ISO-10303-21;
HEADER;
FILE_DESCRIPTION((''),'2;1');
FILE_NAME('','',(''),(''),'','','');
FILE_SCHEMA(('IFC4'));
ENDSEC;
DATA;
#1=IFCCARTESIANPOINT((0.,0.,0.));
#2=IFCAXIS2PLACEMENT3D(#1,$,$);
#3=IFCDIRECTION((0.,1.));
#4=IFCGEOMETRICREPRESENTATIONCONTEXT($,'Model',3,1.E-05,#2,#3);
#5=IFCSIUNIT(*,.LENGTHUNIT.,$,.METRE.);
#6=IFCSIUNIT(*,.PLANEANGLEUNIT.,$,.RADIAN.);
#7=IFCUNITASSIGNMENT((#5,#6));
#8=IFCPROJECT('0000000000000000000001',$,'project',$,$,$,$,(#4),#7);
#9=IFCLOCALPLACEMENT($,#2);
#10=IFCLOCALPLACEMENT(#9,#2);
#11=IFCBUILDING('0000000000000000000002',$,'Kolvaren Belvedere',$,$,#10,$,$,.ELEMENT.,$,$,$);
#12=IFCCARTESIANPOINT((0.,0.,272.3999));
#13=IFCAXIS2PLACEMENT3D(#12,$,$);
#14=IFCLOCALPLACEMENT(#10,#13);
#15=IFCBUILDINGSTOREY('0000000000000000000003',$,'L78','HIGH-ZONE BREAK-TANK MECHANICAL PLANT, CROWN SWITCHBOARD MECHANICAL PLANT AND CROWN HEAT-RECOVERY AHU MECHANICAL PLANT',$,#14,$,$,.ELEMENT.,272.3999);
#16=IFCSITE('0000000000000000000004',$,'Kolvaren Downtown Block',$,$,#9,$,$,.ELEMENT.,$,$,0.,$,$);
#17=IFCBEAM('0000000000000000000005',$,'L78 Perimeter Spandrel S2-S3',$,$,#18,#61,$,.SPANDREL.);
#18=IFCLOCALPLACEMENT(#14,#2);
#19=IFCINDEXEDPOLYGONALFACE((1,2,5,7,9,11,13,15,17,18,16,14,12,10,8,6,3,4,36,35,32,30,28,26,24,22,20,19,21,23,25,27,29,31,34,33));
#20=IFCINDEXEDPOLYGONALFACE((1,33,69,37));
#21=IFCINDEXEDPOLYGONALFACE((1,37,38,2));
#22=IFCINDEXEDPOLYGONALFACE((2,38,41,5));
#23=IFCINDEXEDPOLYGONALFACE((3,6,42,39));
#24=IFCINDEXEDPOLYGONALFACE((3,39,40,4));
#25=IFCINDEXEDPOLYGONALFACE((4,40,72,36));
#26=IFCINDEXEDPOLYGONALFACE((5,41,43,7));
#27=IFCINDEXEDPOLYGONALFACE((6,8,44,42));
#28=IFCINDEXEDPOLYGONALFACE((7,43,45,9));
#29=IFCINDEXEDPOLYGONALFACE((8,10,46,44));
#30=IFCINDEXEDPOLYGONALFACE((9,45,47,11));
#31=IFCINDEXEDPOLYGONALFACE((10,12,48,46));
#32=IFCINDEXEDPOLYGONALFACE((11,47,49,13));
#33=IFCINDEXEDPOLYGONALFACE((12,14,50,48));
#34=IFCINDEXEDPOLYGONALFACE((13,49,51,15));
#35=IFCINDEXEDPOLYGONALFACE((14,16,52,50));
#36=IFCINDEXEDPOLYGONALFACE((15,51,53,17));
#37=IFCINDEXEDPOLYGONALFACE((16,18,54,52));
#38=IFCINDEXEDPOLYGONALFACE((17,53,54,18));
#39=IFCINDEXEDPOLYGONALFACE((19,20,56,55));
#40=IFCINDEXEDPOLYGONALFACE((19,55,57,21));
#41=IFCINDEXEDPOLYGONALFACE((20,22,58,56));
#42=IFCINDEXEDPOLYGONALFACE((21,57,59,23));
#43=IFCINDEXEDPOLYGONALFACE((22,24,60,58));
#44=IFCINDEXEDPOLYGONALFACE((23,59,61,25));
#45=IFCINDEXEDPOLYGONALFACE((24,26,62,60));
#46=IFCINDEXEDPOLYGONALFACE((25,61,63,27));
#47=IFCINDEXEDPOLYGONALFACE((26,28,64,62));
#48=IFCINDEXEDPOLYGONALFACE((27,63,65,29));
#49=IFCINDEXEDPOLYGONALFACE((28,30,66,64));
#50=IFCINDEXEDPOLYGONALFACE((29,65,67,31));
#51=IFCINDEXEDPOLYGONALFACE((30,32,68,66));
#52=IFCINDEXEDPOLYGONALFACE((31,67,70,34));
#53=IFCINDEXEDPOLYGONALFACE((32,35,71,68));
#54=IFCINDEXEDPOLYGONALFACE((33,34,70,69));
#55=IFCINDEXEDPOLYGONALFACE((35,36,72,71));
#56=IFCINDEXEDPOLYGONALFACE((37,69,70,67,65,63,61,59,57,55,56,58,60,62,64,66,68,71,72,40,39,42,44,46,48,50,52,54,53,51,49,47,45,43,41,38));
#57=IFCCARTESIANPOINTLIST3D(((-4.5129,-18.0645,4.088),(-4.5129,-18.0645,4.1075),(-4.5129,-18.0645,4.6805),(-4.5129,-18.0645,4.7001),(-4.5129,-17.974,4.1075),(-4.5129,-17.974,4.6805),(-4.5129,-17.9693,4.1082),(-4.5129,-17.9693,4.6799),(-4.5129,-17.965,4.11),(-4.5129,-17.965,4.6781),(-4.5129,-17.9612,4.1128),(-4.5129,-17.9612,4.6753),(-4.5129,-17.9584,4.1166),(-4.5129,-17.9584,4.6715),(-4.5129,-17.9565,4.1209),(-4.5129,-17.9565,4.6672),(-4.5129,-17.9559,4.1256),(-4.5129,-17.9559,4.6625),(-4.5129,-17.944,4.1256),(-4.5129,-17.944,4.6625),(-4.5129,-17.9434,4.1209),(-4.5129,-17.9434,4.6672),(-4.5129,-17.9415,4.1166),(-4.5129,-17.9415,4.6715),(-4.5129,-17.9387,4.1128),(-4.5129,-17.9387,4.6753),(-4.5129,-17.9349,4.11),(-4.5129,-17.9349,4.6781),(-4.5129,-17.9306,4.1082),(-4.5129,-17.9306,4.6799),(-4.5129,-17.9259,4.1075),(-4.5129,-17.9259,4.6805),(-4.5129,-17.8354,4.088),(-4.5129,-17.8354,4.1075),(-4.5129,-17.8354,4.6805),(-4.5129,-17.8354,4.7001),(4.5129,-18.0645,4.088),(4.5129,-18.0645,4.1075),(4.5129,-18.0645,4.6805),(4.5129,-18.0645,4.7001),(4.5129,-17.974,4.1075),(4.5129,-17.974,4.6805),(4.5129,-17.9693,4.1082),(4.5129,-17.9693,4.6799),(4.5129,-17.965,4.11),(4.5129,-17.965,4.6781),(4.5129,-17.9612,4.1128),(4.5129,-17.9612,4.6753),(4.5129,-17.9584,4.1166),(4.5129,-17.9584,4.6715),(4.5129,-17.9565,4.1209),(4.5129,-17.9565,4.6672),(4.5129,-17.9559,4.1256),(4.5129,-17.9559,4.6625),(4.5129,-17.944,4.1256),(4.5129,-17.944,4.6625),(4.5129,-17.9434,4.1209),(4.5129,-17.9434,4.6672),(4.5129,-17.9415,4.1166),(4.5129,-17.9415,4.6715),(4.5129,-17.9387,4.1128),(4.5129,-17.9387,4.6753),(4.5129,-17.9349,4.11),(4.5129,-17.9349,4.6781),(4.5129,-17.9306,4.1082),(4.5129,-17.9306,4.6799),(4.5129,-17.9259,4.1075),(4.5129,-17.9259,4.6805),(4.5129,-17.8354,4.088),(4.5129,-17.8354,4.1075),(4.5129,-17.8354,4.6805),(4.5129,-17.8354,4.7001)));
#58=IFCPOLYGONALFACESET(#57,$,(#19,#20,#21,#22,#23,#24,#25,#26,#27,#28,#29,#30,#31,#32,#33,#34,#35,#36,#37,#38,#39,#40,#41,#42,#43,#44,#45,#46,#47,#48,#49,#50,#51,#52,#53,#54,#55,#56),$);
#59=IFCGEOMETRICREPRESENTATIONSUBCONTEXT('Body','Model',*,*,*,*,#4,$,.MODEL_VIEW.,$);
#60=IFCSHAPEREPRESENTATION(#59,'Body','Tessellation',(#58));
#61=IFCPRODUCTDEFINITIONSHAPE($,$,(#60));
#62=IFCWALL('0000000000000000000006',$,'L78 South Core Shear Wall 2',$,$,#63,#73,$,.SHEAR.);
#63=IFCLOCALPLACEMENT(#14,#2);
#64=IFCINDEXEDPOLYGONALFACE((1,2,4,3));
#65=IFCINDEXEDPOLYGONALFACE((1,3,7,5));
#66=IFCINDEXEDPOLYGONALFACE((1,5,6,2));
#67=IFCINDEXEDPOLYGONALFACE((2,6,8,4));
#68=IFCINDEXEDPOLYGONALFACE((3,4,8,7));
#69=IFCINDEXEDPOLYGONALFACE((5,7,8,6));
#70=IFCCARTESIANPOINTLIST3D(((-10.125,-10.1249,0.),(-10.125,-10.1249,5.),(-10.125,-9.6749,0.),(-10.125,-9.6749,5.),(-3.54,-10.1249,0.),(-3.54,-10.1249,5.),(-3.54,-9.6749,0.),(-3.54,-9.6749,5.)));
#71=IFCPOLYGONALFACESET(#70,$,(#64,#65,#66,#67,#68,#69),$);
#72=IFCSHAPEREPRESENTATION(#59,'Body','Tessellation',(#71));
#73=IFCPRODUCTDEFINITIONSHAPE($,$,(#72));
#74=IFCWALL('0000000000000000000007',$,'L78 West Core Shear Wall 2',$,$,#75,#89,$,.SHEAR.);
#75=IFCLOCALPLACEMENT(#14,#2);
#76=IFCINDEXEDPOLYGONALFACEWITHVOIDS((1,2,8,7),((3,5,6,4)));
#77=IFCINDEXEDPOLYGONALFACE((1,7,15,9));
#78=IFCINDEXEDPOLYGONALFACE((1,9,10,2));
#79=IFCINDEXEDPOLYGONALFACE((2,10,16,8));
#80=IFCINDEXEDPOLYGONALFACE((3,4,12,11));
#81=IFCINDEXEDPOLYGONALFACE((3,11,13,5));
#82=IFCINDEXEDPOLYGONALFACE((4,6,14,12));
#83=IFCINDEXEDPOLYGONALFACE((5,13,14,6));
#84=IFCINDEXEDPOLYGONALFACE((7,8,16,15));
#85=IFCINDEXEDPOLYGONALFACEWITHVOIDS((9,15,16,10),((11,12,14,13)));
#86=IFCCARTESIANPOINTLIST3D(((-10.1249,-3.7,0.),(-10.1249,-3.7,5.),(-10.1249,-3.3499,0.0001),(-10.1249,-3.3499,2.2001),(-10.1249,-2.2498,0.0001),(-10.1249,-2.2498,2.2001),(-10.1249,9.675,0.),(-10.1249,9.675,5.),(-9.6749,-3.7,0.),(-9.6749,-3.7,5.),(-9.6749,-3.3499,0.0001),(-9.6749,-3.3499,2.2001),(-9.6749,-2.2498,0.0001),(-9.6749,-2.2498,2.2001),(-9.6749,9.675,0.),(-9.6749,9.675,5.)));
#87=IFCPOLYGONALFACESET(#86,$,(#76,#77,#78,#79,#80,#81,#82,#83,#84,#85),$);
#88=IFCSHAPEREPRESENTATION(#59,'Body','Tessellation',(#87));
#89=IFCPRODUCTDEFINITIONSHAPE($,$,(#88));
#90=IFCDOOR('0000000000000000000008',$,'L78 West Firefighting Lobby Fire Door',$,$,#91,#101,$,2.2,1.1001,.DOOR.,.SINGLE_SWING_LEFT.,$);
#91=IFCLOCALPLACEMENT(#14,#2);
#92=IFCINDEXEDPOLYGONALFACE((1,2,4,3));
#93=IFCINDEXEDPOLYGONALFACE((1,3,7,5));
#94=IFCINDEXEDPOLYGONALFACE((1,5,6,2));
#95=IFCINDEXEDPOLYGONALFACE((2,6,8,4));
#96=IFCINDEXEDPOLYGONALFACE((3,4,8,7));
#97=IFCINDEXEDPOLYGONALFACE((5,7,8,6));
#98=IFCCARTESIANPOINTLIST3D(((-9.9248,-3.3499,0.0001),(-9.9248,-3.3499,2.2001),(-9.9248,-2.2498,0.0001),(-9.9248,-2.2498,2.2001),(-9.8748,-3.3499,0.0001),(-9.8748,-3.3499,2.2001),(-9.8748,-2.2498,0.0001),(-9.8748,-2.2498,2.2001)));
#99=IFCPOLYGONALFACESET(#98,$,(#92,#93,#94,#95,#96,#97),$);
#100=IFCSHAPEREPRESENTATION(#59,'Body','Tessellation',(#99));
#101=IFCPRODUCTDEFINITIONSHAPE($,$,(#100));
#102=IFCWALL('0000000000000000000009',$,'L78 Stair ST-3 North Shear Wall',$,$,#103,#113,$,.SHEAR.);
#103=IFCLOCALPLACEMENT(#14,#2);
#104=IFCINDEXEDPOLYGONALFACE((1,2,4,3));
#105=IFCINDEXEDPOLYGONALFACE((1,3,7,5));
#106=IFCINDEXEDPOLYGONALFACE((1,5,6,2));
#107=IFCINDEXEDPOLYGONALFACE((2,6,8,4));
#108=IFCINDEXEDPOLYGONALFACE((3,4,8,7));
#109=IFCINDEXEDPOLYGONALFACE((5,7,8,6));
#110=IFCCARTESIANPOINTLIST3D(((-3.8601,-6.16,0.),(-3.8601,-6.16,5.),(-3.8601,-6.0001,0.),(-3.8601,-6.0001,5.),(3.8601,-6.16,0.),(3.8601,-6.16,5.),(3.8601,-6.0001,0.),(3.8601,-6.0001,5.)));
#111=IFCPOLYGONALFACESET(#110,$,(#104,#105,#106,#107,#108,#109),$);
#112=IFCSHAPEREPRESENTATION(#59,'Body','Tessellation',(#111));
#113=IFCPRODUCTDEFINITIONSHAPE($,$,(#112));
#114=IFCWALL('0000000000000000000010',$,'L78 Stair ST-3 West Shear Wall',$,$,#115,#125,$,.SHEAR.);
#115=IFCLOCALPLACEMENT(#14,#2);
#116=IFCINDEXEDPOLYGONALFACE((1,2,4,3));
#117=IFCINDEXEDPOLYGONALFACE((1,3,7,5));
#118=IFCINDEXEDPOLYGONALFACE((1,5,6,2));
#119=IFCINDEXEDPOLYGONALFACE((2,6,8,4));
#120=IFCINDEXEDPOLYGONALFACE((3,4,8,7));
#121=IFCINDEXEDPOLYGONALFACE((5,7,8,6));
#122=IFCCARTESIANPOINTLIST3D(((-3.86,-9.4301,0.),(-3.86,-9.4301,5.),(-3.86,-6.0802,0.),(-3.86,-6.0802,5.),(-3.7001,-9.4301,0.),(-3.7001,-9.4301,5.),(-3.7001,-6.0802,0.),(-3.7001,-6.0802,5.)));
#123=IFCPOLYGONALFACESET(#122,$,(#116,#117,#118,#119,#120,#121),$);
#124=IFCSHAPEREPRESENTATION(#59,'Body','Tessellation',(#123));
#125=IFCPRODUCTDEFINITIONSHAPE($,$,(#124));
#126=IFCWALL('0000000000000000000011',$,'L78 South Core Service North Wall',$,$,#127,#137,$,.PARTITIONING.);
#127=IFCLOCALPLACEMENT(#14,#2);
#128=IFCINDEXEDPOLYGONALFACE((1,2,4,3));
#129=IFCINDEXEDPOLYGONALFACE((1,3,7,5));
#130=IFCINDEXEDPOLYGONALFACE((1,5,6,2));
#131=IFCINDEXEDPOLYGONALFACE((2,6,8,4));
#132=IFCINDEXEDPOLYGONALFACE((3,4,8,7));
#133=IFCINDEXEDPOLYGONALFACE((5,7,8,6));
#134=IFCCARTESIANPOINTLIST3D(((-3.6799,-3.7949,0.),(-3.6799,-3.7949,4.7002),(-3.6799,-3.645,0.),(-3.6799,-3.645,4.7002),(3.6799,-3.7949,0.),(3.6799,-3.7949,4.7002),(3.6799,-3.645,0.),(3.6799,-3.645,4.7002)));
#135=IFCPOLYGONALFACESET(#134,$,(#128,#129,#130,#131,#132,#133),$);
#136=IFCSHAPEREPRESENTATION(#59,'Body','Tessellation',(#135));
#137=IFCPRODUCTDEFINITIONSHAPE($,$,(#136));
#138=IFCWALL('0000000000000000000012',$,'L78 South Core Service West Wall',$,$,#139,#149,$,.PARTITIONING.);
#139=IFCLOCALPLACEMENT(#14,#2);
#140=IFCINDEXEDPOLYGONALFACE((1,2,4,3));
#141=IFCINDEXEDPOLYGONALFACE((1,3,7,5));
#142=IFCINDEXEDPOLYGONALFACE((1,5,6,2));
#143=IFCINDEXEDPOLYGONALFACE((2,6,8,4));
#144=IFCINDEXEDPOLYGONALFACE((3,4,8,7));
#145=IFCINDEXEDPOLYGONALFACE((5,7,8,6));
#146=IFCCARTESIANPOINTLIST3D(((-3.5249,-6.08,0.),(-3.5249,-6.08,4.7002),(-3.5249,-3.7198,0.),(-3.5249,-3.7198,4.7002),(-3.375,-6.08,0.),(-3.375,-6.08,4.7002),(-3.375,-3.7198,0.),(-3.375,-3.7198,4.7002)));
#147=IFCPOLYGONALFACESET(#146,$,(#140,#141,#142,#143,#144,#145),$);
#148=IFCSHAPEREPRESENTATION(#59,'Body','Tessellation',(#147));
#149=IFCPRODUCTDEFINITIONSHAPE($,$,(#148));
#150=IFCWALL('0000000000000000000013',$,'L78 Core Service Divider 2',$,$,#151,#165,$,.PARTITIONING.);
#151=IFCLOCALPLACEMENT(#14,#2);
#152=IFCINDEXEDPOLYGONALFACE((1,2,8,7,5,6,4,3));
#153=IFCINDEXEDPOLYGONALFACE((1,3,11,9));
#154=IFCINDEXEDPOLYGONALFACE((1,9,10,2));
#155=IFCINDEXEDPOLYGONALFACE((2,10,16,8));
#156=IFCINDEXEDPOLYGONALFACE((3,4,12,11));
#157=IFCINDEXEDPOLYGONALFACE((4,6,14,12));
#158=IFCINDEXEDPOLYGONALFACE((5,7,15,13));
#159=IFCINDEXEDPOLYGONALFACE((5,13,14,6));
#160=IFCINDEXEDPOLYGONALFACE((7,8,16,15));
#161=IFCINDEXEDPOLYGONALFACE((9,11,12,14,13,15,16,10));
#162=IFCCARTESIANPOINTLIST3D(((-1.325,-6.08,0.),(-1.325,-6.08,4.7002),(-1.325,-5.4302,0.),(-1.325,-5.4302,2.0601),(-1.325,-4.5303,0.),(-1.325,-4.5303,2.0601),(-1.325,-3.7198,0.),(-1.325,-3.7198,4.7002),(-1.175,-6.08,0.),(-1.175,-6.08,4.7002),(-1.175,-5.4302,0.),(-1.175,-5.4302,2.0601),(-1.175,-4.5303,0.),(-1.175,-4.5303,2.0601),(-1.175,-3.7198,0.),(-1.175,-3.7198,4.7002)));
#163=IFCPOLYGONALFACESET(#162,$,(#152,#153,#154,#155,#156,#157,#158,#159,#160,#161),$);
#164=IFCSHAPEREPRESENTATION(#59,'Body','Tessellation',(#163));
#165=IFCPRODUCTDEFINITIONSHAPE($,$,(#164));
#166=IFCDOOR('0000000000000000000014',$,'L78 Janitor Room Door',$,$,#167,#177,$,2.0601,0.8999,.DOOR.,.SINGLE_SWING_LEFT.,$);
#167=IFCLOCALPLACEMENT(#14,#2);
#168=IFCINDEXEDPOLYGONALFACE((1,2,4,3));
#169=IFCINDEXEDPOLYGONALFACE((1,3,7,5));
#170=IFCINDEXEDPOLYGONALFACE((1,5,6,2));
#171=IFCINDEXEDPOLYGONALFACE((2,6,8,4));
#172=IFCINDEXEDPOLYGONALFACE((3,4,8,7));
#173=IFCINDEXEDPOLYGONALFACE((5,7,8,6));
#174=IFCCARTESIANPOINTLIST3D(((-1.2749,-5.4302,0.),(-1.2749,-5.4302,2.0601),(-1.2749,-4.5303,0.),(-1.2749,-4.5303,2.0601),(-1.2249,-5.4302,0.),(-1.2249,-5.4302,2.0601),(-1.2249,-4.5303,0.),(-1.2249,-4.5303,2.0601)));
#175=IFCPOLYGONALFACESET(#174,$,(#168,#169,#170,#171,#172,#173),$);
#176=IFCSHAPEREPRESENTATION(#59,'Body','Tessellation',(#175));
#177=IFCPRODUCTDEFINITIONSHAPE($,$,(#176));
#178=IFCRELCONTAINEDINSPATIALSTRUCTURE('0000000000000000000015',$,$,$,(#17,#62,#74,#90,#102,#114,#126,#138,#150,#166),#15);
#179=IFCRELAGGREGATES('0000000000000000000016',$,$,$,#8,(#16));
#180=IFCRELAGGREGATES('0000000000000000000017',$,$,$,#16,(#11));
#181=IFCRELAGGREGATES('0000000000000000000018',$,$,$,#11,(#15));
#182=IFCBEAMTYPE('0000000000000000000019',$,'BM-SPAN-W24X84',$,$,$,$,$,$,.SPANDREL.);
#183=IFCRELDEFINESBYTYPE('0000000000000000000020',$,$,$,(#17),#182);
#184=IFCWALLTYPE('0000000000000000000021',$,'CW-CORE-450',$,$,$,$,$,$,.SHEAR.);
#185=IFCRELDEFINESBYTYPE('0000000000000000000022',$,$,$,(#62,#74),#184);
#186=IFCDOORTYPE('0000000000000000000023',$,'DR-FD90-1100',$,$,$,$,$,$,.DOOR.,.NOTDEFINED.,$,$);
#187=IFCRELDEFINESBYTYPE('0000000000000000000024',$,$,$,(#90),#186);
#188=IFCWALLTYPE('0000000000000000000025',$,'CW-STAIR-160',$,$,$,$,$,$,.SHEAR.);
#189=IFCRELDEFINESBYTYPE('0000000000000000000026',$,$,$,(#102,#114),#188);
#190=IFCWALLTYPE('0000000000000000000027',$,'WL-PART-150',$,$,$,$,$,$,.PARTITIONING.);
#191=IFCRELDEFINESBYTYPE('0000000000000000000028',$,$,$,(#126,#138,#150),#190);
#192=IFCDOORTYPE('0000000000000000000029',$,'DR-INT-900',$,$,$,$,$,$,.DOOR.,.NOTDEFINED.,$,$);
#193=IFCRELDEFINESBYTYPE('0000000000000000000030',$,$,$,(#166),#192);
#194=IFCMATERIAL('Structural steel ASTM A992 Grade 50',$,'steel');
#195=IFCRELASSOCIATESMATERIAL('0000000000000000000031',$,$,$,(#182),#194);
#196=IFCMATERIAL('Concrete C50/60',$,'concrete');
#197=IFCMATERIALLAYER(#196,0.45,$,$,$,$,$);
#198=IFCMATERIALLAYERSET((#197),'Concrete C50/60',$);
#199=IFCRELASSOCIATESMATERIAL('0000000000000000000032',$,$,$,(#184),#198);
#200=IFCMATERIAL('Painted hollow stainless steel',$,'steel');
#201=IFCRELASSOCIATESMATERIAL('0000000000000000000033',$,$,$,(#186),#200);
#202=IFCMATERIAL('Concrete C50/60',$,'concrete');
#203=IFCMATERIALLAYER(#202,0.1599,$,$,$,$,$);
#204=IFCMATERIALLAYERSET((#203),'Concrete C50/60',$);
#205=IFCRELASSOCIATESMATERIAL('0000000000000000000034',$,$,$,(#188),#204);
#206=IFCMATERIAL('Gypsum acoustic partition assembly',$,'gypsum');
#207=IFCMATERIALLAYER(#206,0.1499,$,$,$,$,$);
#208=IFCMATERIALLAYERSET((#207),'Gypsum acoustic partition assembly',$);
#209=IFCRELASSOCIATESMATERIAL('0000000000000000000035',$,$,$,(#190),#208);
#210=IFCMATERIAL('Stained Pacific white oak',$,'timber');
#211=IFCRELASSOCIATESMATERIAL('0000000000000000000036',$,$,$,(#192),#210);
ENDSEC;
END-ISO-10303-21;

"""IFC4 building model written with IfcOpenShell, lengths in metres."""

from ifc_helpers import new_model, si_unit, direction, frame, frame_2d, origin, origin_2d, place, context, subcontext, project, spatial, rectangle, i_section, extrude, material, layer, layer_set, material_profile, profile_set, type_object, element, fill, save


model = new_model("IFC4")

# Units and contexts
model_context = context("Model", 3, precision=1e-05, world=origin(), true_north=direction((0.0, 1.0)))
body_context = subcontext(model_context, "Body", "Model", "MODEL_VIEW")
ifc_project = project(units=[si_unit("LENGTHUNIT", "METRE"), si_unit("PLANEANGLEUNIT", "RADIAN")], contexts=[model_context])

# Site, building, storey
site_placement = place(None, origin())
site = spatial("IfcSite", under=ifc_project, at=site_placement, Name="Kolvaren Downtown Block", CompositionType="ELEMENT", RefElevation=0.0)
building_placement = place(site_placement, origin())
building = spatial("IfcBuilding", under=site, at=building_placement, Name="Kolvaren Belvedere", CompositionType="ELEMENT")
storey_placement = place(building_placement, frame((0.0, 0.0, 272.3999)))
storey = spatial("IfcBuildingStorey", under=building, at=storey_placement, Name="L78", Description="HIGH-ZONE BREAK-TANK MECHANICAL PLANT, CROWN SWITCHBOARD MECHANICAL PLANT AND CROWN HEAT-RECOVERY AHU MECHANICAL PLANT", CompositionType="ELEMENT", Elevation=272.3999)

# Beam
ifc_material_1 = material(Name="Structural steel ASTM A992 Grade 50", Category="steel")
ifc_material_profile_1 = material_profile(ifc_material_1, i_section(OverallWidth=0.229, OverallDepth=0.6121, WebThickness=0.012, FlangeThickness=0.0195, FilletRadius=0.0181, at=origin_2d()), Name="W24X84")
ifc_profile_set_1 = profile_set([ifc_material_profile_1], Name="Structural steel ASTM A992 Grade 50")
beam_type_1 = type_object("IfcBeamType", Name="BM-SPAN-W24X84", PredefinedType="SPANDREL", material=ifc_profile_set_1)
beam_1_placement = place(storey_placement, frame((-4.5129, -17.95, 4.394), z_axis=(1.0, 0.0, 0.0), x_axis=(0.0, 1.0, 0.0)))
element("IfcBeam", 1, at=beam_1_placement, inside=storey, type_object=beam_type_1, Name="L78 Perimeter Spandrel S2-S3", PredefinedType="SPANDREL", context=body_context, shape_type="SweptSolid", body=[
    extrude(i_section(OverallWidth=0.229, OverallDepth=0.6121, WebThickness=0.012, FlangeThickness=0.0195, FilletRadius=0.0181, at=origin_2d()), origin(), (0.0, 0.0, 1.0), 9.0259),
])

# Wall
ifc_material_2 = material(Name="Concrete C50/60", Category="concrete")
ifc_layer_1 = layer(ifc_material_2, 0.45)
ifc_layer_set_1 = layer_set([ifc_layer_1], Name="Concrete C50/60")
wall_type_1 = type_object("IfcWallType", Name="CW-CORE-450", PredefinedType="SHEAR", material=ifc_layer_set_1)
wall_1_placement = place(storey_placement, frame((-3.54, -9.8999, 0.0), z_axis=(0.0, 0.0, 1.0), x_axis=(-1.0, 0.0, 0.0)))
element("IfcWall", 2, at=wall_1_placement, inside=storey, type_object=wall_type_1, Name="L78 South Core Shear Wall 2", PredefinedType="SHEAR", context=body_context, shape_type="SweptSolid", body=[
    extrude(rectangle(XDim=6.585, YDim=0.45, at=frame_2d((3.2925, 0.0))), origin(), (0.0, 0.0, 1.0), 5.0),
])

# Wall, opening, door
wall_2_placement = place(storey_placement, frame((-9.8999, -3.7, 0.0), z_axis=(0.0, 0.0, 1.0), x_axis=(0.0, 1.0, 0.0)))
wall_2 = element("IfcWall", 3, at=wall_2_placement, inside=storey, type_object=wall_type_1, Name="L78 West Core Shear Wall 2", PredefinedType="SHEAR", context=body_context, shape_type="SweptSolid", body=[
    extrude(rectangle(XDim=13.375, YDim=0.45, at=frame_2d((6.6875, 0.0))), origin(), (0.0, 0.0, 1.0), 5.0),
])
opening_1_placement = place(wall_2_placement, frame((0.3501, 0.0, 0.0)))
opening_1 = element("IfcOpeningElement", 4, at=opening_1_placement, cuts=wall_2, PredefinedType="OPENING", context=body_context, shape_type="SweptSolid", body=[
    extrude(rectangle(XDim=1.1001, YDim=2.2, at=frame_2d((0.55, 1.1001))), frame((0.0, 0.2349, 0.0), z_axis=(0.0, -1.0, 0.0), x_axis=(1.0, 0.0, 0.0)), (0.0, 0.0, 1.0), 0.47),
])
ifc_material_3 = material(Name="Painted hollow stainless steel", Category="steel")
door_type_1 = type_object("IfcDoorType", Name="DR-FD90-1100", OperationType="NOTDEFINED", PredefinedType="DOOR", material=ifc_material_3)
door_1_placement = place(opening_1_placement, origin())
door_1 = element("IfcDoor", 5, at=door_1_placement, inside=storey, type_object=door_type_1, Name="L78 West Firefighting Lobby Fire Door", OperationType="SINGLE_SWING_LEFT", OverallHeight=2.2, OverallWidth=1.1001, PredefinedType="DOOR", context=body_context, shape_type="SweptSolid", body=[
    extrude(rectangle(XDim=1.1001, YDim=2.2, at=frame_2d((0.55, 1.1001))), frame((0.0, 0.0249, 0.0), z_axis=(0.0, -1.0, 0.0), x_axis=(1.0, 0.0, 0.0)), (0.0, 0.0, 1.0), 0.05),
])
fill(opening_1, door_1)

# Walls
ifc_material_4 = material(Name="Concrete C50/60", Category="concrete")
ifc_layer_2 = layer(ifc_material_4, 0.1599)
ifc_layer_set_2 = layer_set([ifc_layer_2], Name="Concrete C50/60")
wall_type_2 = type_object("IfcWallType", Name="CW-STAIR-160", PredefinedType="SHEAR", material=ifc_layer_set_2)
wall_3_placement = place(storey_placement, frame((-3.8601, -6.0801, 0.0), z_axis=(0.0, 0.0, 1.0), x_axis=(1.0, 0.0, 0.0)))
element("IfcWall", 6, at=wall_3_placement, inside=storey, type_object=wall_type_2, Name="L78 Stair ST-3 North Shear Wall", PredefinedType="SHEAR", context=body_context, shape_type="SweptSolid", body=[
    extrude(rectangle(XDim=7.7202, YDim=0.1599, at=frame_2d((3.8601, 0.0))), origin(), (0.0, 0.0, 1.0), 5.0),
])
wall_4_placement = place(storey_placement, frame((-3.78, -9.4299, 0.0), z_axis=(0.0, 0.0, 1.0), x_axis=(0.0, 1.0, 0.0)))
element("IfcWall", 7, at=wall_4_placement, inside=storey, type_object=wall_type_2, Name="L78 Stair ST-3 West Shear Wall", PredefinedType="SHEAR", context=body_context, shape_type="SweptSolid", body=[
    extrude(rectangle(XDim=3.3499, YDim=0.1599, at=frame_2d((1.6748, 0.0))), origin(), (0.0, 0.0, 1.0), 5.0),
])
ifc_material_5 = material(Name="Gypsum acoustic partition assembly", Category="gypsum")
ifc_layer_3 = layer(ifc_material_5, 0.1499)
ifc_layer_set_3 = layer_set([ifc_layer_3], Name="Gypsum acoustic partition assembly")
wall_type_3 = type_object("IfcWallType", Name="WL-PART-150", PredefinedType="PARTITIONING", material=ifc_layer_set_3)
wall_5_placement = place(storey_placement, frame((-3.6799, -3.72, 0.0), z_axis=(0.0, 0.0, 1.0), x_axis=(1.0, 0.0, 0.0)))
element("IfcWall", 8, at=wall_5_placement, inside=storey, type_object=wall_type_3, Name="L78 South Core Service North Wall", PredefinedType="PARTITIONING", context=body_context, shape_type="SweptSolid", body=[
    extrude(rectangle(XDim=7.3599, YDim=0.1499, at=frame_2d((3.6799, 0.0))), origin(), (0.0, 0.0, 1.0), 4.7002),
])
wall_6_placement = place(storey_placement, frame((-3.45, -6.0801, 0.0), z_axis=(0.0, 0.0, 1.0), x_axis=(0.0, 1.0, 0.0)))
element("IfcWall", 9, at=wall_6_placement, inside=storey, type_object=wall_type_3, Name="L78 South Core Service West Wall", PredefinedType="PARTITIONING", context=body_context, shape_type="SweptSolid", body=[
    extrude(rectangle(XDim=2.3601, YDim=0.1499, at=frame_2d((1.1802, 0.0))), origin(), (0.0, 0.0, 1.0), 4.7002),
])

# Wall, opening, door
wall_7_placement = place(storey_placement, frame((-1.25, -6.0801, 0.0), z_axis=(0.0, 0.0, 1.0), x_axis=(0.0, 1.0, 0.0)))
wall_7 = element("IfcWall", 10, at=wall_7_placement, inside=storey, type_object=wall_type_3, Name="L78 Core Service Divider 2", PredefinedType="PARTITIONING", context=body_context, shape_type="SweptSolid", body=[
    extrude(rectangle(XDim=2.3601, YDim=0.1499, at=frame_2d((1.1802, 0.0))), origin(), (0.0, 0.0, 1.0), 4.7002),
])
opening_2_placement = place(wall_7_placement, frame((0.6499, 0.0, 0.0)))
opening_2 = element("IfcOpeningElement", 11, at=opening_2_placement, cuts=wall_7, PredefinedType="OPENING", context=body_context, shape_type="SweptSolid", body=[
    extrude(rectangle(XDim=0.8999, YDim=2.0601, at=frame_2d((0.45, 1.03))), frame((0.0, 0.085, 0.0), z_axis=(0.0, -1.0, 0.0), x_axis=(1.0, 0.0, 0.0)), (0.0, 0.0, 1.0), 0.1699),
])
ifc_material_6 = material(Name="Stained Pacific white oak", Category="timber")
door_type_2 = type_object("IfcDoorType", Name="DR-INT-900", OperationType="NOTDEFINED", PredefinedType="DOOR", material=ifc_material_6)
door_2_placement = place(opening_2_placement, origin())
door_2 = element("IfcDoor", 12, at=door_2_placement, inside=storey, type_object=door_type_2, Name="L78 Janitor Room Door", OperationType="SINGLE_SWING_LEFT", OverallHeight=2.0601, OverallWidth=0.8999, PredefinedType="DOOR", context=body_context, shape_type="SweptSolid", body=[
    extrude(rectangle(XDim=0.8999, YDim=2.0601, at=frame_2d((0.45, 1.03))), frame((0.0, 0.0249, 0.0), z_axis=(0.0, -1.0, 0.0), x_axis=(1.0, 0.0, 0.0)), (0.0, 0.0, 1.0), 0.05),
])
fill(opening_2, door_2)

save(model, "model.ifc")
